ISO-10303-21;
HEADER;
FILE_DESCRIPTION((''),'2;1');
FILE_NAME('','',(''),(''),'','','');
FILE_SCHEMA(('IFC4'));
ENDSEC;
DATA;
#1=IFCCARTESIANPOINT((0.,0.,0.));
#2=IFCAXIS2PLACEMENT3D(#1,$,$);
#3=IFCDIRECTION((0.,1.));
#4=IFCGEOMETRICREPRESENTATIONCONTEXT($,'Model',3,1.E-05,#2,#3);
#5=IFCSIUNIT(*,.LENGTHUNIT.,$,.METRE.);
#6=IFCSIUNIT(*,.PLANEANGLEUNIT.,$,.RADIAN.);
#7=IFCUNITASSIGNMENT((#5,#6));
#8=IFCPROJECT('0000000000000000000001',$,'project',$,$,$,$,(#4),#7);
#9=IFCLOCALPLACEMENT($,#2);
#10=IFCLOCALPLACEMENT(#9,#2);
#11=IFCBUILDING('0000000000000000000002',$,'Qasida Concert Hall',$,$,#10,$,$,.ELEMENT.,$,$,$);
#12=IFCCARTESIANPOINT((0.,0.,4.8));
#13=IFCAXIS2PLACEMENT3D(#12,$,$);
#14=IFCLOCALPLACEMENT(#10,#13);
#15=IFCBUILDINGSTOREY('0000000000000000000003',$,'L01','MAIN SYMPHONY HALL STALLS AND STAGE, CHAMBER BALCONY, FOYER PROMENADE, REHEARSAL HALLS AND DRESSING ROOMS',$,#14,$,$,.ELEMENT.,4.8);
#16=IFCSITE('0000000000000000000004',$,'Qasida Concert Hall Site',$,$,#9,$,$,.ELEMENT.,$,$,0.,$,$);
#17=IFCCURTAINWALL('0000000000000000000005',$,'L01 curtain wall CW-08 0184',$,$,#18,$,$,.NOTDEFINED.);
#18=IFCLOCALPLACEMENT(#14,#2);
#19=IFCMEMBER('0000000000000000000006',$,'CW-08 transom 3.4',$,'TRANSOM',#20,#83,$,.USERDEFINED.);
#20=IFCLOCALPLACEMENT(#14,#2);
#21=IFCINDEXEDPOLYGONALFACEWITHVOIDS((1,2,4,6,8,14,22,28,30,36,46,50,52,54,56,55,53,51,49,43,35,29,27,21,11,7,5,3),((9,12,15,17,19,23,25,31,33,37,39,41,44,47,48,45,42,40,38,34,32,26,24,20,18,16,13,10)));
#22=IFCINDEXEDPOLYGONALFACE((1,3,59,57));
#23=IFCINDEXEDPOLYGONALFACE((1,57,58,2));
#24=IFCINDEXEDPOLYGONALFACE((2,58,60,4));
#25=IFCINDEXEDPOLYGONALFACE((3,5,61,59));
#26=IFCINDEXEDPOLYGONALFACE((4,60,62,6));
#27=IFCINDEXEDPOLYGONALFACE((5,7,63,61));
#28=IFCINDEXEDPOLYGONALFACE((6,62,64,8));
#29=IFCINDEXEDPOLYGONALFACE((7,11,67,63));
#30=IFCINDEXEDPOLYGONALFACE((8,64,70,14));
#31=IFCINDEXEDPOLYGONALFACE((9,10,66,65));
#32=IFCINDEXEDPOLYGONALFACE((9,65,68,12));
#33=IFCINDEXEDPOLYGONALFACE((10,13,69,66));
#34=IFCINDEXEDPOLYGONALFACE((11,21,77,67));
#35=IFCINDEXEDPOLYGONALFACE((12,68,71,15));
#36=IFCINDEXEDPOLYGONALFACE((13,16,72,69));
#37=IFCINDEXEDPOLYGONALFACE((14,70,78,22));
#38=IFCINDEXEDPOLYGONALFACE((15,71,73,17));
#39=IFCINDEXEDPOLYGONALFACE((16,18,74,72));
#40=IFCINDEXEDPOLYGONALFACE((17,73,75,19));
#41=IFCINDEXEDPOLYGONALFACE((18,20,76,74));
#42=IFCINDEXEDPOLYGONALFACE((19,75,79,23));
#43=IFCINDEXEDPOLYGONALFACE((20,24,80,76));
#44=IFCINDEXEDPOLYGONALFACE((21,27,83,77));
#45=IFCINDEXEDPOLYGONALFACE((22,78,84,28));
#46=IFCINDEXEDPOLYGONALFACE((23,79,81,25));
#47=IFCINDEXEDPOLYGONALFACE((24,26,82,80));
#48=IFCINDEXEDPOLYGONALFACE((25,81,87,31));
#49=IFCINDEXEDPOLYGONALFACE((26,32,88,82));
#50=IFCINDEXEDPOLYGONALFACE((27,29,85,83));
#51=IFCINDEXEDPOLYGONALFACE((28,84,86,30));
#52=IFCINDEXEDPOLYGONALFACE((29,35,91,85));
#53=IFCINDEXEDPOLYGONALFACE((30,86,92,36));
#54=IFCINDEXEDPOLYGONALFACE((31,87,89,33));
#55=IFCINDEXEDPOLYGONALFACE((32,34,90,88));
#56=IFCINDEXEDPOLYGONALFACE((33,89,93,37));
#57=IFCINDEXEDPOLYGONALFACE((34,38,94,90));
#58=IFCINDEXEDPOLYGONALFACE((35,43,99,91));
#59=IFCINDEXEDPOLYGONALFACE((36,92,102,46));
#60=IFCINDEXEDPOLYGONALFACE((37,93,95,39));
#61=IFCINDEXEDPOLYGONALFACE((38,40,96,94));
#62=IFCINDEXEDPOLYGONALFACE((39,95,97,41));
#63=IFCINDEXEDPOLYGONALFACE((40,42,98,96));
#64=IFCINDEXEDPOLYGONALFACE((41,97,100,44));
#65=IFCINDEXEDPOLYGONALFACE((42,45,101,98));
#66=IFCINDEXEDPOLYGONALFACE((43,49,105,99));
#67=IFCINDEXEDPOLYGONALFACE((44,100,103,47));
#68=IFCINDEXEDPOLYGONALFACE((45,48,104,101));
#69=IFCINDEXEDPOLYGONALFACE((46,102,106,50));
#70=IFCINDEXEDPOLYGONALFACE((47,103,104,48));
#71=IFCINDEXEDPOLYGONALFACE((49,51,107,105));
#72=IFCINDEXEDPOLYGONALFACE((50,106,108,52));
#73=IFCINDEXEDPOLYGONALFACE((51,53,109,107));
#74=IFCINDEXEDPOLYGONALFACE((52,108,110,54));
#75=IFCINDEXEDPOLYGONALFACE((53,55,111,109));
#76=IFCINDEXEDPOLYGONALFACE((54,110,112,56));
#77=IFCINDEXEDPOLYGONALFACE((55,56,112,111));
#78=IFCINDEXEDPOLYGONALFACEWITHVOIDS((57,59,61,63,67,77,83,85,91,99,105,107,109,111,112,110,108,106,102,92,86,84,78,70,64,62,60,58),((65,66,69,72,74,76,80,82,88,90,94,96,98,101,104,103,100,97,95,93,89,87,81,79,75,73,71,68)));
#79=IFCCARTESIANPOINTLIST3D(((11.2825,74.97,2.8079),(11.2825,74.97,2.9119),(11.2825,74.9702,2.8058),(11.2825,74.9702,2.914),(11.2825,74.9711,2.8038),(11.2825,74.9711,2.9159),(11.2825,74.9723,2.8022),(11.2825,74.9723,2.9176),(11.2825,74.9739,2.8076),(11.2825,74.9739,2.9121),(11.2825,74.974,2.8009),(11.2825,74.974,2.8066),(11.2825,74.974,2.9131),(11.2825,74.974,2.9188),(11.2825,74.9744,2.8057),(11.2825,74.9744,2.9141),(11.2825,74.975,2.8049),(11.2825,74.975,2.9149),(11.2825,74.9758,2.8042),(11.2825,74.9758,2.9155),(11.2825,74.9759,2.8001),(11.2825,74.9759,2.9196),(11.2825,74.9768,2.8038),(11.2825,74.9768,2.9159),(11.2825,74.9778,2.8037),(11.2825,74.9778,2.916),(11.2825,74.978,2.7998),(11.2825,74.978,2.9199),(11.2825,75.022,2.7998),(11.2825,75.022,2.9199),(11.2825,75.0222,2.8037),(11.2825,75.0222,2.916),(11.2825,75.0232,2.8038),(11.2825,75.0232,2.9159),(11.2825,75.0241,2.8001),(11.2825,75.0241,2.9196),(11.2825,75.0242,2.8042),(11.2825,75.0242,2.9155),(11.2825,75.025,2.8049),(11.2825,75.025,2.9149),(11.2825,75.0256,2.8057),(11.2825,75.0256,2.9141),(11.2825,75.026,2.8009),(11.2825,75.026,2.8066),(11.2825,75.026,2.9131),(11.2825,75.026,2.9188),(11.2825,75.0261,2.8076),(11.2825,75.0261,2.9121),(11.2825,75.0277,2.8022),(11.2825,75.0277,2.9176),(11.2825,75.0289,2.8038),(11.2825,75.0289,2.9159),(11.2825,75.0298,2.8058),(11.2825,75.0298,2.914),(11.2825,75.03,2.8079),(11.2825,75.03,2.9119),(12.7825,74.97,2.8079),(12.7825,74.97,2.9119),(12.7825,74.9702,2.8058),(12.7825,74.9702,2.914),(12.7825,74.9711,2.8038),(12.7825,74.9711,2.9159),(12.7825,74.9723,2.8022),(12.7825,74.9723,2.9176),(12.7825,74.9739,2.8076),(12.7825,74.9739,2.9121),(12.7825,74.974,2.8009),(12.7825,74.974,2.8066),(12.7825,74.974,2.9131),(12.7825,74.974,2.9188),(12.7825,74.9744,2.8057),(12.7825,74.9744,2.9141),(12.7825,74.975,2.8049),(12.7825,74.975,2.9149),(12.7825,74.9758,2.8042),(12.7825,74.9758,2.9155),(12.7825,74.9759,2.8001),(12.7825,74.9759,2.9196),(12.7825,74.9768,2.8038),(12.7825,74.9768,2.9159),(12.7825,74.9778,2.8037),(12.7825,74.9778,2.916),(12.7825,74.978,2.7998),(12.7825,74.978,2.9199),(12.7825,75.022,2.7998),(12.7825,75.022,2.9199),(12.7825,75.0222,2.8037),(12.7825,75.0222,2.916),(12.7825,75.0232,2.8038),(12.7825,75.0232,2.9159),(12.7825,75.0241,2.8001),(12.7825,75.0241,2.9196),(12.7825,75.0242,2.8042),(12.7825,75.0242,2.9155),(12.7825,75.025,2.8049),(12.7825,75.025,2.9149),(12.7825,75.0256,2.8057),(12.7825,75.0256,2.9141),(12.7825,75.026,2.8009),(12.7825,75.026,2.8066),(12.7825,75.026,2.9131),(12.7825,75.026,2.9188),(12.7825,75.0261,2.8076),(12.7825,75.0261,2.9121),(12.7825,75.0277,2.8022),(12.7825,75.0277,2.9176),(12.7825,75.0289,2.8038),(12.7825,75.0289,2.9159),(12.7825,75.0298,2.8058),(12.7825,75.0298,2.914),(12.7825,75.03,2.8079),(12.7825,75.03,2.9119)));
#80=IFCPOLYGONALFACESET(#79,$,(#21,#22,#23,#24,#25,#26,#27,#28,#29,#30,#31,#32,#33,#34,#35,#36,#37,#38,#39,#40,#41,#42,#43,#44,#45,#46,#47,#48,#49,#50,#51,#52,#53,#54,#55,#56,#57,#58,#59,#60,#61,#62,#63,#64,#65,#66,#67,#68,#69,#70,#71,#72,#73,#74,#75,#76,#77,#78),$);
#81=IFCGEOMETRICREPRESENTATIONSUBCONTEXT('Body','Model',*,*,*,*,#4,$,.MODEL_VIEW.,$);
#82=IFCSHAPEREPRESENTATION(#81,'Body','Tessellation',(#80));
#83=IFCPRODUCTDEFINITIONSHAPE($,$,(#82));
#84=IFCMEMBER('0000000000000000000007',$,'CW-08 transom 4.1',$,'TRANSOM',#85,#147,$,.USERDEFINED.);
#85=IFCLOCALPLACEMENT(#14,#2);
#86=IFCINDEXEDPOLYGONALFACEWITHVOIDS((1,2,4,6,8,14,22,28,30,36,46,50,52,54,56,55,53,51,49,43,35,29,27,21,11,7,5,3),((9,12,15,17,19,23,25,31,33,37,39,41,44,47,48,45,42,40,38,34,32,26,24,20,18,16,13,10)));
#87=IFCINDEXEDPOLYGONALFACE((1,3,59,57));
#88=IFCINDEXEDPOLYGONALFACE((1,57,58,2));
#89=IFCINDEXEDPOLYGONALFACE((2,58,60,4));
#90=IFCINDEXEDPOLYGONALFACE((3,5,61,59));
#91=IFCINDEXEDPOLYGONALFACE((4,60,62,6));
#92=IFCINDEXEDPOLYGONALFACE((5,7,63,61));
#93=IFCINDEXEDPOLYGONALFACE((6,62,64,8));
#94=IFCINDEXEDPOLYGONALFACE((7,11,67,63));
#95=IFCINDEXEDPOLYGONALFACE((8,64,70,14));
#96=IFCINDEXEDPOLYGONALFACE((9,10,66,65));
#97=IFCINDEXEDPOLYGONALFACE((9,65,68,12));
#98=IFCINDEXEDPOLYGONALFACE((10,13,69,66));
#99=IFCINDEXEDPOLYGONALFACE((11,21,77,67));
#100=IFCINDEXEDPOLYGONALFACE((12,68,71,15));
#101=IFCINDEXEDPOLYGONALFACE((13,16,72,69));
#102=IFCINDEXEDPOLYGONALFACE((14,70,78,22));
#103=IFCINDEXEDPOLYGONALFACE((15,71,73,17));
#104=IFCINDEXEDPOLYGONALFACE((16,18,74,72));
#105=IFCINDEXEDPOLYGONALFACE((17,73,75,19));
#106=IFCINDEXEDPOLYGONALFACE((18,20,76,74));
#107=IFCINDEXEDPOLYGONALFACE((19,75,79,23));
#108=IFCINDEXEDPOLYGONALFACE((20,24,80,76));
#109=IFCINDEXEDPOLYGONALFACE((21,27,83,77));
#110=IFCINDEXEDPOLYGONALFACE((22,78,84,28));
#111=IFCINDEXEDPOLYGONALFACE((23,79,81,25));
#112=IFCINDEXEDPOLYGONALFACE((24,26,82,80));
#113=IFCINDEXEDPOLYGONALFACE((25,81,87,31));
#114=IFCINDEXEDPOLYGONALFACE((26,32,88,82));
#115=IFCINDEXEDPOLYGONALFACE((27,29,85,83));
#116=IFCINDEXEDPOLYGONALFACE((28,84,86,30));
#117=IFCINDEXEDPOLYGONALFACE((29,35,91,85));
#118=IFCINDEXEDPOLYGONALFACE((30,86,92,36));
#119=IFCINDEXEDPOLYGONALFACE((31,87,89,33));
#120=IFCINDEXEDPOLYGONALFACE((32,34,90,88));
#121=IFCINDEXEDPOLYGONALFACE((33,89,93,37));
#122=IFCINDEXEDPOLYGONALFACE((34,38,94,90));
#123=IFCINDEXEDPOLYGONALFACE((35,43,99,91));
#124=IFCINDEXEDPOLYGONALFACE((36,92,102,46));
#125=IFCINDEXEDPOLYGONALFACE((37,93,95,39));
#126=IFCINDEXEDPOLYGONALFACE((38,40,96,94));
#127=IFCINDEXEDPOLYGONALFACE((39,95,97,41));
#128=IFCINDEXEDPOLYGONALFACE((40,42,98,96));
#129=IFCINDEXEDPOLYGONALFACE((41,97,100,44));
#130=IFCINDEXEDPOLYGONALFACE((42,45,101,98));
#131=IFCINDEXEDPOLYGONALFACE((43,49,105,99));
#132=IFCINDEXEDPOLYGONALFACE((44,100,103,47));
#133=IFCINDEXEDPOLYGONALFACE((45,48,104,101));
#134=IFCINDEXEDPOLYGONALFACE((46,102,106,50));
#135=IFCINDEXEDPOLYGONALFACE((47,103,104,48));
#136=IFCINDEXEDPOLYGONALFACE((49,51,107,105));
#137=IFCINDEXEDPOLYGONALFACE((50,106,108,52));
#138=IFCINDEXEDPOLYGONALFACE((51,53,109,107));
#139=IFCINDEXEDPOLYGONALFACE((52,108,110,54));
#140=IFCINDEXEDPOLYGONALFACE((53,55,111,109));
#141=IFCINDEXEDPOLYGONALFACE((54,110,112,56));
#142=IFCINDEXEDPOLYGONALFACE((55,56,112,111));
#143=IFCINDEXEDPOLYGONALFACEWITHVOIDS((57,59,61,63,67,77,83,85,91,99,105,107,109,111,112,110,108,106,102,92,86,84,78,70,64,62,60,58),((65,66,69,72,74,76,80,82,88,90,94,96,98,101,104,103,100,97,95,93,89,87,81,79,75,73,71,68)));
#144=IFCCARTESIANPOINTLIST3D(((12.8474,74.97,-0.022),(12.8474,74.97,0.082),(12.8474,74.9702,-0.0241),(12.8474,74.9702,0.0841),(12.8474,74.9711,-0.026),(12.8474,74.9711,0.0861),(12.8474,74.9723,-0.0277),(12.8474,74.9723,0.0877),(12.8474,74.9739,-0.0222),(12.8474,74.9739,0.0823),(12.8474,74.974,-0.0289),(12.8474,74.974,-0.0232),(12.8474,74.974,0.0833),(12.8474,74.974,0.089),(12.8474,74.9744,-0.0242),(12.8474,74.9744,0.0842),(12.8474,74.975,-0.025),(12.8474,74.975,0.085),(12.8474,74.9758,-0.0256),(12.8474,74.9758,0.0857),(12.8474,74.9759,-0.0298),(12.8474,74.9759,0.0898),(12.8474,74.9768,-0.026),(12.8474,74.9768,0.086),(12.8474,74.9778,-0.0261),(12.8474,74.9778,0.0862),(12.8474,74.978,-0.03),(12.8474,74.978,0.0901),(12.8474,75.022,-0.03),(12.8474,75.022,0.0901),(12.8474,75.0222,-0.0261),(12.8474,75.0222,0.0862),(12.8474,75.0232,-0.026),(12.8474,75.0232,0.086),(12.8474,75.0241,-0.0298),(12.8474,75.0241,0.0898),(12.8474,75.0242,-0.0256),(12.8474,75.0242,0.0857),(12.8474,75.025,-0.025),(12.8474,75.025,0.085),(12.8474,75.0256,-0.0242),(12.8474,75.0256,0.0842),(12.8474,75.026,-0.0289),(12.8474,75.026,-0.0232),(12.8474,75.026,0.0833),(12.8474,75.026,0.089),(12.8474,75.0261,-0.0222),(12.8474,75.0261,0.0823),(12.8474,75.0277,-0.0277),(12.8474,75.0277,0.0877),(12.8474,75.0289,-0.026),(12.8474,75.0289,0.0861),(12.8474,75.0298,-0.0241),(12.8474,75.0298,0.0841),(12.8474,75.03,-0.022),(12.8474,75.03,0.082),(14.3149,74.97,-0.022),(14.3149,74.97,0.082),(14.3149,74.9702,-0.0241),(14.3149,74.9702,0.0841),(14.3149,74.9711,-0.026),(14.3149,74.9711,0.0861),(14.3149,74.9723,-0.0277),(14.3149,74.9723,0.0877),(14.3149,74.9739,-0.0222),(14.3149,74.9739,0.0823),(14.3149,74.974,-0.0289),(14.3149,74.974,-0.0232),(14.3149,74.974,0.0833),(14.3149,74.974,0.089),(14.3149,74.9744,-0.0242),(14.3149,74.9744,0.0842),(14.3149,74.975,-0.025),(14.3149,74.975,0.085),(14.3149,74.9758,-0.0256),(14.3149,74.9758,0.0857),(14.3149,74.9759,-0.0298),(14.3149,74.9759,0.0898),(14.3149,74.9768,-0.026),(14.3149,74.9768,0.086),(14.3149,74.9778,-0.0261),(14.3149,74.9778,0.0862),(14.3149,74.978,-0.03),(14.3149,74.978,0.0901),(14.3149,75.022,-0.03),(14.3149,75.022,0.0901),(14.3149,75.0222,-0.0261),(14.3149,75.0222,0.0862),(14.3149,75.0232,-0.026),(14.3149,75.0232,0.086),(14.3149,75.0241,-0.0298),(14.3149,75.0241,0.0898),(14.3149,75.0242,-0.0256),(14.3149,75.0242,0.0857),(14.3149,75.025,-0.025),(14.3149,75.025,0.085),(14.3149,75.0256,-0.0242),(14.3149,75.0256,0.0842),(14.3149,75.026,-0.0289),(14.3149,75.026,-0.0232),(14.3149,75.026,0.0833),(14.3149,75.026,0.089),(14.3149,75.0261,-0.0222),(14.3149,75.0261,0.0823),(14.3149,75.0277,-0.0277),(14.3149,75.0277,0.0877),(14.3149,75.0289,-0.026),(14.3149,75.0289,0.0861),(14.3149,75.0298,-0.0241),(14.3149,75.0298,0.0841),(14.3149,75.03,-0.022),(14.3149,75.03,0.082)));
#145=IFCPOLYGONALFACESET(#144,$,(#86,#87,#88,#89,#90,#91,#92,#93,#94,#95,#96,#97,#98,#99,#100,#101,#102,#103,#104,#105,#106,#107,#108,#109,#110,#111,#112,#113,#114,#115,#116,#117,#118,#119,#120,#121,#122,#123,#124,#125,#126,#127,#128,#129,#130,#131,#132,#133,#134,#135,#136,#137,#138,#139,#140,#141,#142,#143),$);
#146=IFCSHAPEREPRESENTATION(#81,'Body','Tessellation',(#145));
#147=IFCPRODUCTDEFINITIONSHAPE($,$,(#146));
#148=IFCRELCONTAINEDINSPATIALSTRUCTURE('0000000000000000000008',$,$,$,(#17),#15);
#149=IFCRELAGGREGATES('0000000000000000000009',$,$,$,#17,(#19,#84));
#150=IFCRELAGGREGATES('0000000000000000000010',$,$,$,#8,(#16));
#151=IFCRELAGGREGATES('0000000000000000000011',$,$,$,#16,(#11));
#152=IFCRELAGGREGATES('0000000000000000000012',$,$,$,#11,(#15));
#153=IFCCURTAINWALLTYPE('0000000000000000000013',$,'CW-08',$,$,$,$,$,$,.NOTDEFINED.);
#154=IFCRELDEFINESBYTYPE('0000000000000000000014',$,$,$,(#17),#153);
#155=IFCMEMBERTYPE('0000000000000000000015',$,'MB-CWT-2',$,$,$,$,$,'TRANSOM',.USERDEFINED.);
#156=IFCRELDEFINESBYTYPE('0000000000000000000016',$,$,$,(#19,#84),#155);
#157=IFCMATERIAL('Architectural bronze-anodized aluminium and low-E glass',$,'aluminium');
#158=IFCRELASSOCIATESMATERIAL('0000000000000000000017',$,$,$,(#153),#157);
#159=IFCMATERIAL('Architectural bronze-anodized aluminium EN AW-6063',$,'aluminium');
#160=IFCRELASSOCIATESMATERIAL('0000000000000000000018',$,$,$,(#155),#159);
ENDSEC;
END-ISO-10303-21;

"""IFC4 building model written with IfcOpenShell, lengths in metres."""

from ifc_helpers import new_model, si_unit, direction, frame, origin, origin_2d, place, context, subcontext, project, spatial, hollow_rectangle, extrude, material, material_profile, profile_set, type_object, element, aggregate, save


model = new_model("IFC4")

# Units and contexts
model_context = context("Model", 3, precision=1e-05, world=origin(), true_north=direction((0.0, 1.0)))
body_context = subcontext(model_context, "Body", "Model", "MODEL_VIEW")
ifc_project = project(units=[si_unit("LENGTHUNIT", "METRE"), si_unit("PLANEANGLEUNIT", "RADIAN")], contexts=[model_context])

# Site, building, storey
site_placement = place(None, origin())
site = spatial("IfcSite", under=ifc_project, at=site_placement, Name="Qasida Concert Hall Site", CompositionType="ELEMENT", RefElevation=0.0)
building_placement = place(site_placement, origin())
building = spatial("IfcBuilding", under=site, at=building_placement, Name="Qasida Concert Hall", CompositionType="ELEMENT")
storey_placement = place(building_placement, frame((0.0, 0.0, 4.8)))
storey = spatial("IfcBuildingStorey", under=building, at=storey_placement, Name="L01", Description="MAIN SYMPHONY HALL STALLS AND STAGE, CHAMBER BALCONY, FOYER PROMENADE, REHEARSAL HALLS AND DRESSING ROOMS", CompositionType="ELEMENT", Elevation=4.8)

# Curtain wall, members
ifc_material_1 = material(Name="Architectural bronze-anodized aluminium and low-E glass", Category="aluminium")
curtain_wall_type = type_object("IfcCurtainWallType", Name="CW-08", PredefinedType="NOTDEFINED", material=ifc_material_1)
curtain_wall_placement = place(storey_placement, origin())
curtain_wall = element("IfcCurtainWall", 1, at=curtain_wall_placement, inside=storey, type_object=curtain_wall_type, Name="L01 curtain wall CW-08 0184", PredefinedType="NOTDEFINED")
ifc_material_2 = material(Name="Architectural bronze-anodized aluminium EN AW-6063", Category="aluminium")
ifc_material_profile_1 = material_profile(ifc_material_2, hollow_rectangle(XDim=0.0601, YDim=0.1201, WallThickness=0.0039, InnerFilletRadius=0.0039, OuterFilletRadius=0.0081, at=origin_2d()), Name="CWT 120x60x4")
ifc_profile_set_1 = profile_set([ifc_material_profile_1], Name="Architectural bronze-anodized aluminium EN AW-6063")
member_type_1 = type_object("IfcMemberType", Name="MB-CWT-2", ElementType="TRANSOM", PredefinedType="USERDEFINED", material=ifc_profile_set_1)
member_1_placement = place(storey_placement, frame((11.2825, 75.0, 2.8599), z_axis=(1.0, 0.0, 0.0), x_axis=(0.0, 1.0, 0.0)))
member_1 = element("IfcMember", 2, at=member_1_placement, type_object=member_type_1, Name="CW-08 transom 3.4", ObjectType="TRANSOM", PredefinedType="USERDEFINED", context=body_context, shape_type="SweptSolid", body=[
    extrude(hollow_rectangle(XDim=0.0601, YDim=0.1201, WallThickness=0.0039, InnerFilletRadius=0.0039, OuterFilletRadius=0.0081, at=origin_2d()), origin(), (0.0, 0.0, 1.0), 1.5),
])
member_2_placement = place(storey_placement, frame((12.8474, 75.0, 0.03), z_axis=(1.0, 0.0, 0.0), x_axis=(0.0, 1.0, 0.0)))
member_2 = element("IfcMember", 3, at=member_2_placement, type_object=member_type_1, Name="CW-08 transom 4.1", ObjectType="TRANSOM", PredefinedType="USERDEFINED", context=body_context, shape_type="SweptSolid", body=[
    extrude(hollow_rectangle(XDim=0.0601, YDim=0.1201, WallThickness=0.0039, InnerFilletRadius=0.0039, OuterFilletRadius=0.0081, at=origin_2d()), origin(), (0.0, 0.0, 1.0), 1.4675),
])
aggregate(curtain_wall, [member_1, member_2])

save(model, "model.ifc")
